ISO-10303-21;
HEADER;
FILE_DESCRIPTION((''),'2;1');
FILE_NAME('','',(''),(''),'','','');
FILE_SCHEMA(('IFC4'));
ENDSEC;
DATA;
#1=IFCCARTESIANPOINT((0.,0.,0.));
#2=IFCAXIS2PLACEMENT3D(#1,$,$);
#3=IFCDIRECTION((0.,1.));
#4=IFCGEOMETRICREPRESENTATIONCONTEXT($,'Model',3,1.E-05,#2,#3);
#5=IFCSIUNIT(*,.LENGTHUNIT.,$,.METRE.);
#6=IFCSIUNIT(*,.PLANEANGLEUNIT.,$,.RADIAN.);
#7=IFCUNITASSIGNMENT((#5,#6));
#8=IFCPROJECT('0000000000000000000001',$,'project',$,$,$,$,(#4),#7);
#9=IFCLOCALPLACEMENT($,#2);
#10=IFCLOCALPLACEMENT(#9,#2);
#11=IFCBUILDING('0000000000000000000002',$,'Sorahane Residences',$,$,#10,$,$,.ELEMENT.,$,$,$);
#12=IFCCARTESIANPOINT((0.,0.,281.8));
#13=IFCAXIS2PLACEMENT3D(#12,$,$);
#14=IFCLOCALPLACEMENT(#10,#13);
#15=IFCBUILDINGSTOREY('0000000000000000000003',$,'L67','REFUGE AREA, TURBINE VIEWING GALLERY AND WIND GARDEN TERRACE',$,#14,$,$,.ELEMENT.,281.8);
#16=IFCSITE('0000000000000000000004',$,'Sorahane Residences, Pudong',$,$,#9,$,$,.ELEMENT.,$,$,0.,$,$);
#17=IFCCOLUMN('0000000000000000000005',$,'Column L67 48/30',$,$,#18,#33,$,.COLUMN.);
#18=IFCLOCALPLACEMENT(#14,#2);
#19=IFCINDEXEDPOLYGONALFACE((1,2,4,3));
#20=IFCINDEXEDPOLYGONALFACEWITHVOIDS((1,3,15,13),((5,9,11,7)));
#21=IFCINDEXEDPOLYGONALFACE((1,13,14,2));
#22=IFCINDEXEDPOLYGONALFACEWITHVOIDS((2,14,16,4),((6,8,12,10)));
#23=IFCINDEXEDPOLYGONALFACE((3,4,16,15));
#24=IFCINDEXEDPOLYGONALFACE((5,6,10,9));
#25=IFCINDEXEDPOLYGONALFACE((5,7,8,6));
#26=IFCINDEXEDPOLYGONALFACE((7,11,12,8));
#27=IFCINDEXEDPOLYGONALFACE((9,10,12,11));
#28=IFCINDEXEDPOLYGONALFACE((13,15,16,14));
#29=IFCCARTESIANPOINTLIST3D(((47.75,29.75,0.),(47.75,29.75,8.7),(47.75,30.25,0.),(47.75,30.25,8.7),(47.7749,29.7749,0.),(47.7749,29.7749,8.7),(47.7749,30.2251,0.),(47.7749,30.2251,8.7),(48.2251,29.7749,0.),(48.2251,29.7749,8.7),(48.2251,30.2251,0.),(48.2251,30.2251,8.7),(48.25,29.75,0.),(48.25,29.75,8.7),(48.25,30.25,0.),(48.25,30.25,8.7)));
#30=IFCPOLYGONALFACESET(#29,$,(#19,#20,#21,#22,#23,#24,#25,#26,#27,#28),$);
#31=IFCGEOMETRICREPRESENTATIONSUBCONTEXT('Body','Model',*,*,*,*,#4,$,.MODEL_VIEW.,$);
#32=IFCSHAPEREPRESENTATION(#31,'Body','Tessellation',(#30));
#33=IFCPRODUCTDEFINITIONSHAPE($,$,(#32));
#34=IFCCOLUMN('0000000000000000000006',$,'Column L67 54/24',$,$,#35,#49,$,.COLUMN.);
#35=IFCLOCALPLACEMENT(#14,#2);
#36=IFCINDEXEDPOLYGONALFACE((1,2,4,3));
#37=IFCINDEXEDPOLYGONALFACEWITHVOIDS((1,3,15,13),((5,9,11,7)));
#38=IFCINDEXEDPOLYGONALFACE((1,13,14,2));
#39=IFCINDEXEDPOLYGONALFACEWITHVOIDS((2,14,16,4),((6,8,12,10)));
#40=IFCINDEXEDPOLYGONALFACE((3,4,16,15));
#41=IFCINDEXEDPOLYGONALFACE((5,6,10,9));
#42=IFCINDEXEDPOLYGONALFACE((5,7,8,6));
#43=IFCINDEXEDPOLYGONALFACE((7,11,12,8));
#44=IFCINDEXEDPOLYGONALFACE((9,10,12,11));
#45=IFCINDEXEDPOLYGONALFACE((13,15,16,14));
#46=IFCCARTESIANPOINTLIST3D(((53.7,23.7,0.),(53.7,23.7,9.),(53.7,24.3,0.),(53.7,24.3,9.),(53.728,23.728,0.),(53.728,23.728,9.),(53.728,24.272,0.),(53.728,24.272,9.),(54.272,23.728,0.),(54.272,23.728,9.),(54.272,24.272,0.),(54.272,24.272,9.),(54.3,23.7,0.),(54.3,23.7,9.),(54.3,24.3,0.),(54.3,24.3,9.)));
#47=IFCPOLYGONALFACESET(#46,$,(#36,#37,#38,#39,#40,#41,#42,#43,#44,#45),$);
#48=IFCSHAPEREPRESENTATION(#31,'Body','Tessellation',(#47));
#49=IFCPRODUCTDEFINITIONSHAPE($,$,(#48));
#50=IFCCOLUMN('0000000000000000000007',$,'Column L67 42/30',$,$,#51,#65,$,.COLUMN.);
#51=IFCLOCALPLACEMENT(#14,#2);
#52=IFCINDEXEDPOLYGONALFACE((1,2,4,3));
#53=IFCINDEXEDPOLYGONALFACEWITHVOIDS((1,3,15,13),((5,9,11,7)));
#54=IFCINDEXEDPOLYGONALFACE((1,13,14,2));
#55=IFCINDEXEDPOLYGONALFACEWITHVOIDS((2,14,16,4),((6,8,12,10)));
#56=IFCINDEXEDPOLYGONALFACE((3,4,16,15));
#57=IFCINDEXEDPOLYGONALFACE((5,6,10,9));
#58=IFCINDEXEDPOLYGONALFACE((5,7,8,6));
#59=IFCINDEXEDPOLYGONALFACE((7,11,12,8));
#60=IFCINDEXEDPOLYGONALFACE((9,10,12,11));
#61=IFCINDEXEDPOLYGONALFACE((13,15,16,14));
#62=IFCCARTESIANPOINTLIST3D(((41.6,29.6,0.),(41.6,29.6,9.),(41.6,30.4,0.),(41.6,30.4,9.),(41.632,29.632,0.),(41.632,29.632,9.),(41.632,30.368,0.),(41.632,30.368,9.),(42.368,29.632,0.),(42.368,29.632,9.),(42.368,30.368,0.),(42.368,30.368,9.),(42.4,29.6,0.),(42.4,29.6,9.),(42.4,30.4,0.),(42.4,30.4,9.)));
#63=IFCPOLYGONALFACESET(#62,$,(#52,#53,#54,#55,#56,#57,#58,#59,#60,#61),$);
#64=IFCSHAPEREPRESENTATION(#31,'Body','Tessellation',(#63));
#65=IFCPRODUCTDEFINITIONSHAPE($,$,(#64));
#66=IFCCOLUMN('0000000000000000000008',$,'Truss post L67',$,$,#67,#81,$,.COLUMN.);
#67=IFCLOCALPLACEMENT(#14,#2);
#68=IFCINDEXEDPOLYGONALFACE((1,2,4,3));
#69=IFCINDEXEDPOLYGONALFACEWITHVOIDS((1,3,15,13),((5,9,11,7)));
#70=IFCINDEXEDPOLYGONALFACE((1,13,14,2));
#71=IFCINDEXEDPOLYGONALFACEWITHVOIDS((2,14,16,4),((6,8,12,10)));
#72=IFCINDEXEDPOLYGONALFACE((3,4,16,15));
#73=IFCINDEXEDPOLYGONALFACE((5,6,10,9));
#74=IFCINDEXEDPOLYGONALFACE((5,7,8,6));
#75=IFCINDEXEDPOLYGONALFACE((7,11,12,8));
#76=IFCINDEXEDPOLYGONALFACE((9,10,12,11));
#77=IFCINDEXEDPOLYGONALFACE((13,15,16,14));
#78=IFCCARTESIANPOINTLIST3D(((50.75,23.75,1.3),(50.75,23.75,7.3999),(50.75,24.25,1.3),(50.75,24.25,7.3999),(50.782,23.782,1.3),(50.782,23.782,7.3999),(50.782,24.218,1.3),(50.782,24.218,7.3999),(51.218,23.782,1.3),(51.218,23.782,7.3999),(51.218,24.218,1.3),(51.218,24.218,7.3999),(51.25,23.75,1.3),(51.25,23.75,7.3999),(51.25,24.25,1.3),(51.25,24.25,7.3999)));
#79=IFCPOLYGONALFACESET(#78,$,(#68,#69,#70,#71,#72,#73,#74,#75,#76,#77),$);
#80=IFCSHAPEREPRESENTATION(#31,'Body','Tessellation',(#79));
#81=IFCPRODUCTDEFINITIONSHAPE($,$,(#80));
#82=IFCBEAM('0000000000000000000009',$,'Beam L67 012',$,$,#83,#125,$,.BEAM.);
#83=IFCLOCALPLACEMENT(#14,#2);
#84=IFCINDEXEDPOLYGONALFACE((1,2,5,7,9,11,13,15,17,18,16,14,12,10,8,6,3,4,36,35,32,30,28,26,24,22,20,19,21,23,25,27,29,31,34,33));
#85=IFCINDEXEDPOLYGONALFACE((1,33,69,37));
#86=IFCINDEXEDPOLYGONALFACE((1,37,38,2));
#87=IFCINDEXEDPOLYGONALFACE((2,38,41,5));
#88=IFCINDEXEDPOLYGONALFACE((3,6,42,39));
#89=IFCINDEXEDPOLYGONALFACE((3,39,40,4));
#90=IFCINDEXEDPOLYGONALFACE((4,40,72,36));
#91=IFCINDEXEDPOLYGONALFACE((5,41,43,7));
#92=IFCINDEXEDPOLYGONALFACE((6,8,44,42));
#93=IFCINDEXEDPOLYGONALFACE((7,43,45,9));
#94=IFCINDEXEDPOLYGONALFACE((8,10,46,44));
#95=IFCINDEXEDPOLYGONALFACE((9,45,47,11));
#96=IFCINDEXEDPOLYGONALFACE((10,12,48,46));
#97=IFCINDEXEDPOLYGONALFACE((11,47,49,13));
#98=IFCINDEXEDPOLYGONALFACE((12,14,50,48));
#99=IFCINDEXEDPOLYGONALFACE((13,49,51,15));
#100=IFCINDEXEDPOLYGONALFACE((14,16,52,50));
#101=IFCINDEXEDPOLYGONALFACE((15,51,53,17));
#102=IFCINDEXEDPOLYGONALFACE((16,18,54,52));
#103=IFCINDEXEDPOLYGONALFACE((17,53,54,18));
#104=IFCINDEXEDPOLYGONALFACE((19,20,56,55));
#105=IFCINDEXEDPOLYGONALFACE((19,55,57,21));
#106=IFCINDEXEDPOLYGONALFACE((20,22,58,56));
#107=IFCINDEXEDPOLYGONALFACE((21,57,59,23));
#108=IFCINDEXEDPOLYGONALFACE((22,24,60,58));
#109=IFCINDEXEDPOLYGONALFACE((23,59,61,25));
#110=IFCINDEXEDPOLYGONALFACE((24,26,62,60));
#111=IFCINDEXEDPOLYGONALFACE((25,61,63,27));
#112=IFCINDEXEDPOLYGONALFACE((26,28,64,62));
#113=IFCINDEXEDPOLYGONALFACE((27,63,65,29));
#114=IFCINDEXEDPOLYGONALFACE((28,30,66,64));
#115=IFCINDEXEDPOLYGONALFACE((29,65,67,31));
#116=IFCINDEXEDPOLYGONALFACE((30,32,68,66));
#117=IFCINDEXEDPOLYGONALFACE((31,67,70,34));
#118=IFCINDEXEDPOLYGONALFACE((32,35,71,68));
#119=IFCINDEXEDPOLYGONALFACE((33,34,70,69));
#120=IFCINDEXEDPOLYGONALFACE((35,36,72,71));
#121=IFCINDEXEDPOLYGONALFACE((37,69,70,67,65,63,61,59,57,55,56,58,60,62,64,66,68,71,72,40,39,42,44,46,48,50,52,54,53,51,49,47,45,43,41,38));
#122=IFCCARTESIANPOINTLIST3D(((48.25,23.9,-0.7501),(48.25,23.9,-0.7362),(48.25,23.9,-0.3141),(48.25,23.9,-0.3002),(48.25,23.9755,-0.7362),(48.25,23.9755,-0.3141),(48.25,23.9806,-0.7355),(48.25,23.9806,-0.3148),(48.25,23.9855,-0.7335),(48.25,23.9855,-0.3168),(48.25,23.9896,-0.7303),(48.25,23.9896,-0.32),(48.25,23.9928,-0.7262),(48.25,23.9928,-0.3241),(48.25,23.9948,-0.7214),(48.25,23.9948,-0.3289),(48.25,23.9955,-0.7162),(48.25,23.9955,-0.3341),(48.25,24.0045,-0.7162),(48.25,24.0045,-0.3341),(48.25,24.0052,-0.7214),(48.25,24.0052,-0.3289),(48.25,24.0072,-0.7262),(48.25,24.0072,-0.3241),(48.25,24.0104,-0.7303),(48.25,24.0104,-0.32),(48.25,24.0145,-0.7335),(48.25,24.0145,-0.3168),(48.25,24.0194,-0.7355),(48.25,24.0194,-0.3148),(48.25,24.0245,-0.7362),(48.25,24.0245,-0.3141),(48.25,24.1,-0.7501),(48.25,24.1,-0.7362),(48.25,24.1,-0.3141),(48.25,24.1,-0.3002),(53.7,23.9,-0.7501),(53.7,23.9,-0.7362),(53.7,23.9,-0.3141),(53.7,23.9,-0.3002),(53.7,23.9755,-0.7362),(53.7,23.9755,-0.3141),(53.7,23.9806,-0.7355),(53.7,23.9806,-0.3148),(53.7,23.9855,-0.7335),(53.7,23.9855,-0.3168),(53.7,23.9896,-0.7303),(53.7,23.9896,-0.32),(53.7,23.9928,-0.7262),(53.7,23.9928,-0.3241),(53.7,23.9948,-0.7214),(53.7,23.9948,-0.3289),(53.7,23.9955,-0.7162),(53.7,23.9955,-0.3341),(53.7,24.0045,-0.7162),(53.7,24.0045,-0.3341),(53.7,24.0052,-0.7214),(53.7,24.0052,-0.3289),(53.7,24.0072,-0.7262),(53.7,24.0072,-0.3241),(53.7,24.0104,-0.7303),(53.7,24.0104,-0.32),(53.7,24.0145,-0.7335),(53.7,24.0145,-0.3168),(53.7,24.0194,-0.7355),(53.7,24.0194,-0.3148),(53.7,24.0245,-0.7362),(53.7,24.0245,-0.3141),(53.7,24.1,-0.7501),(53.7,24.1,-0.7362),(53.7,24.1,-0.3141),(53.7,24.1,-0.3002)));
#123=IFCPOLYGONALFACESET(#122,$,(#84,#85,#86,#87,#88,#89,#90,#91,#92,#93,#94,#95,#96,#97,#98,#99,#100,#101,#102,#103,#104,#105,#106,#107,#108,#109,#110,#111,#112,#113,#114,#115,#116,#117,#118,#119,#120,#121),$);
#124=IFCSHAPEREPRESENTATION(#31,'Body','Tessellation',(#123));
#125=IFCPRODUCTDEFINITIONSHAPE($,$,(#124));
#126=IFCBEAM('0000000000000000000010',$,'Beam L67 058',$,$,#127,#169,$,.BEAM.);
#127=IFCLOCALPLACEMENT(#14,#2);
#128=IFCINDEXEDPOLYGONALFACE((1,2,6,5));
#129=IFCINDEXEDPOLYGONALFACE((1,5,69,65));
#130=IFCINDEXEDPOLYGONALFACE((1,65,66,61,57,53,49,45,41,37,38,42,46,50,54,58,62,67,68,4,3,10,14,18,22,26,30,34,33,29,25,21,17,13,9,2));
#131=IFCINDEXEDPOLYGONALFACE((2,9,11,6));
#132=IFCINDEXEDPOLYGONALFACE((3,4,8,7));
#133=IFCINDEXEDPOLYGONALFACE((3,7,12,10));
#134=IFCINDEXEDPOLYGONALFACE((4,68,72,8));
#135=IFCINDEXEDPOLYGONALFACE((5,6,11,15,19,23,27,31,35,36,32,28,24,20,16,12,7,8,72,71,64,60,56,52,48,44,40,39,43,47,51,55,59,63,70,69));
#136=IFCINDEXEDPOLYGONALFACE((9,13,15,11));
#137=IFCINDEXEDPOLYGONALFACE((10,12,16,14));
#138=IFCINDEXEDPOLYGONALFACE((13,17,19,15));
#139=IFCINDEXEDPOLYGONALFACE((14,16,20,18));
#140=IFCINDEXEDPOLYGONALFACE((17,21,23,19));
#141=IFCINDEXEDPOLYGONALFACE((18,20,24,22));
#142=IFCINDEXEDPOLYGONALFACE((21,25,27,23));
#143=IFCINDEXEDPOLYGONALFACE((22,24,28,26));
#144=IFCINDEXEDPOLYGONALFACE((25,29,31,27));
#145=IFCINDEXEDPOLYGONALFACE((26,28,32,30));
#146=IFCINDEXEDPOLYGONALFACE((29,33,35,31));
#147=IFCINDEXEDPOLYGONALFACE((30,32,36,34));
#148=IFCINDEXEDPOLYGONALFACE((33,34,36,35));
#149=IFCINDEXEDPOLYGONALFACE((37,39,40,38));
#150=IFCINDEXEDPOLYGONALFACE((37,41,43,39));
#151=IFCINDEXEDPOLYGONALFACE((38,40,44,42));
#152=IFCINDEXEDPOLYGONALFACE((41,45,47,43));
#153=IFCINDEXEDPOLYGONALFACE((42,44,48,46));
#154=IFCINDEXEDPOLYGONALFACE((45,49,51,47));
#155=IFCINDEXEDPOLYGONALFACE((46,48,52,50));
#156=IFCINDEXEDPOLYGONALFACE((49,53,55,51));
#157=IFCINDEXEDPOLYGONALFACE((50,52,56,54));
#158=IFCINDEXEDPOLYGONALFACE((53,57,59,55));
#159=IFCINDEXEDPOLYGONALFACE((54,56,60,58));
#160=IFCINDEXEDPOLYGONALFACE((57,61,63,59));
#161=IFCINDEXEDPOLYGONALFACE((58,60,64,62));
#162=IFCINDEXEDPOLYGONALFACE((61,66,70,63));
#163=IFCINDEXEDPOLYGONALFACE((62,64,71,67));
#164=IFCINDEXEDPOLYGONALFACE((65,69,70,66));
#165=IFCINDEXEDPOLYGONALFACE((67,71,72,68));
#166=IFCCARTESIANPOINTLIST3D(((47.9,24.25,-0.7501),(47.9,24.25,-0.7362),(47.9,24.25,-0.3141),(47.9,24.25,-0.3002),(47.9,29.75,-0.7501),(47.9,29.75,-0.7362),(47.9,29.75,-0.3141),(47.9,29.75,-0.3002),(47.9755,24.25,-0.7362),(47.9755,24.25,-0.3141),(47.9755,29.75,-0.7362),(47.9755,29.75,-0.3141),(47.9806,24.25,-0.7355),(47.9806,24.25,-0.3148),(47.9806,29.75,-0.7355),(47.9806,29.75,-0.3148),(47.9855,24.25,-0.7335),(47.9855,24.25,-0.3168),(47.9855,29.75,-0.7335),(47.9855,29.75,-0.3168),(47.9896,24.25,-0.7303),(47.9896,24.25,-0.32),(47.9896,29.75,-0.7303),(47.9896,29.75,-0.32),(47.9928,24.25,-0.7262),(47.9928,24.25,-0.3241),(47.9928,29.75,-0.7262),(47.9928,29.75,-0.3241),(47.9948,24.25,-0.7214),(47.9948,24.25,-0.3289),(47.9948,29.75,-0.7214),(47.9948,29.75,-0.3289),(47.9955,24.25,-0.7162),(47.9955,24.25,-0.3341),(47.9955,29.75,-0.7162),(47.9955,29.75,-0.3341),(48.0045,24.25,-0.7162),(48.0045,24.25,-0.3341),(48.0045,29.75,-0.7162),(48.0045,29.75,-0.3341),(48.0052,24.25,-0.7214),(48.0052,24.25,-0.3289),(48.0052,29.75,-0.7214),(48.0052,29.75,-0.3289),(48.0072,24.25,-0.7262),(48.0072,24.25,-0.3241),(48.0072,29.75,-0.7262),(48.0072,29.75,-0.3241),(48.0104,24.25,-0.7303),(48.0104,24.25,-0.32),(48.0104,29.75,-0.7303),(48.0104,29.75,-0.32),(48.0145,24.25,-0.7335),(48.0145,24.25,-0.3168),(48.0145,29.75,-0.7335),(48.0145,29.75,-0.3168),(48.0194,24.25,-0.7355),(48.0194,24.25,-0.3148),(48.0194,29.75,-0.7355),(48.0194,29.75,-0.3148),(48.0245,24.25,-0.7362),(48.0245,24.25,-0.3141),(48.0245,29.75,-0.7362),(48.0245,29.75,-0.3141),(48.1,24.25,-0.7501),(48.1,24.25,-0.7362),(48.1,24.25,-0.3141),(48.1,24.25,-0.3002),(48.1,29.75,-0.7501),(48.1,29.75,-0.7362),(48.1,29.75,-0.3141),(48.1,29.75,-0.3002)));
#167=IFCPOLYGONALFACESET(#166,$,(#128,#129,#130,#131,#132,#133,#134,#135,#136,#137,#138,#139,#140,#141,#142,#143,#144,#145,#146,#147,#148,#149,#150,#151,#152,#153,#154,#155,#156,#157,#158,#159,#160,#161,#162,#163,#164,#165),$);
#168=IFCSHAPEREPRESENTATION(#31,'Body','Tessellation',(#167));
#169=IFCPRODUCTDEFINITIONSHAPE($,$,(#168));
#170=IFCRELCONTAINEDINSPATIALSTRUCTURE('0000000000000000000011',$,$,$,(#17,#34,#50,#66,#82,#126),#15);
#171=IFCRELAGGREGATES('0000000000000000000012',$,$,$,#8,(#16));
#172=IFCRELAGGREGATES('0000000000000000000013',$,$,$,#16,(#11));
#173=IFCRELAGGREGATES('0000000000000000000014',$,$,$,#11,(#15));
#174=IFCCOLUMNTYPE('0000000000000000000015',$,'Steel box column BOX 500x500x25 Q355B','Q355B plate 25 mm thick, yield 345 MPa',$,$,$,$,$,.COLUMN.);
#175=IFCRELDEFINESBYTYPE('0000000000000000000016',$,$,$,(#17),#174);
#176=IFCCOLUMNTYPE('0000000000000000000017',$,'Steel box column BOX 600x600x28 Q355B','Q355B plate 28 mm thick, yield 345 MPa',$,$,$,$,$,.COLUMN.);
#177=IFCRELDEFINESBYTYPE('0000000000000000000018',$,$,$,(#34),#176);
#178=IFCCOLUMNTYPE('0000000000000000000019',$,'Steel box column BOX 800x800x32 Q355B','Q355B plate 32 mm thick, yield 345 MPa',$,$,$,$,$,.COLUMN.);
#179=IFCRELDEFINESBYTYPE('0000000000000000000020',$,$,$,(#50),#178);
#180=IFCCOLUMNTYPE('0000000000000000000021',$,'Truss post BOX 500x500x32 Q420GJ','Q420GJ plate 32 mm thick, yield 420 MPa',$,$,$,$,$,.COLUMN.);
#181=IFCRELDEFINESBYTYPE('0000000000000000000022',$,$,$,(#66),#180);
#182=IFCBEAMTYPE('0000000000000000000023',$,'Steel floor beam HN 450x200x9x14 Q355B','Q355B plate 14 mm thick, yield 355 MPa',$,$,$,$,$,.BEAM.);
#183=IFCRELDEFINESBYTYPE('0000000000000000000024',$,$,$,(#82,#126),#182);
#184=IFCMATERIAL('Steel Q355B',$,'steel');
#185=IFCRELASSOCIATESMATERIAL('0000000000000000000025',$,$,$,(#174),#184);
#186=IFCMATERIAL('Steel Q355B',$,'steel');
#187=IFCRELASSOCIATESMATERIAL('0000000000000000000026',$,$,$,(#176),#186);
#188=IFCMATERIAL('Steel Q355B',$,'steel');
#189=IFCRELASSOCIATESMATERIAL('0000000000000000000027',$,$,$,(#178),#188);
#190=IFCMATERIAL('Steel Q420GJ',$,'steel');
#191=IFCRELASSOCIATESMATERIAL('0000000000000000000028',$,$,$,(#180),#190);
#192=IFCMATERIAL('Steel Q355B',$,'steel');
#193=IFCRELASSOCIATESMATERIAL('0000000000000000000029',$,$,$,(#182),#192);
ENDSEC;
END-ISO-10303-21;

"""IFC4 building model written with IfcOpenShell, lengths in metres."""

from ifc_helpers import new_model, si_unit, direction, frame, origin, origin_2d, place, context, subcontext, project, spatial, hollow_rectangle, i_section, extrude, material, material_profile, profile_set, type_object, element, save


model = new_model("IFC4")

# Units and contexts
model_context = context("Model", 3, precision=1e-05, world=origin(), true_north=direction((0.0, 1.0)))
body_context = subcontext(model_context, "Body", "Model", "MODEL_VIEW")
ifc_project = project(units=[si_unit("LENGTHUNIT", "METRE"), si_unit("PLANEANGLEUNIT", "RADIAN")], contexts=[model_context])

# Site, building, storey
site_placement = place(None, origin())
site = spatial("IfcSite", under=ifc_project, at=site_placement, Name="Sorahane Residences, Pudong", CompositionType="ELEMENT", RefElevation=0.0)
building_placement = place(site_placement, origin())
building = spatial("IfcBuilding", under=site, at=building_placement, Name="Sorahane Residences", CompositionType="ELEMENT")
storey_placement = place(building_placement, frame((0.0, 0.0, 281.8)))
storey = spatial("IfcBuildingStorey", under=building, at=storey_placement, Name="L67", Description="REFUGE AREA, TURBINE VIEWING GALLERY AND WIND GARDEN TERRACE", CompositionType="ELEMENT", Elevation=281.8)

# Columns
ifc_material_1 = material(Name="Steel Q355B", Category="steel")
ifc_material_profile_1 = material_profile(ifc_material_1, hollow_rectangle(XDim=0.5, YDim=0.5, WallThickness=0.0249, at=origin_2d()), Name="BOX 500x500x25")
ifc_profile_set_1 = profile_set([ifc_material_profile_1], Name="Steel Q355B")
column_type_1 = type_object("IfcColumnType", Name="Steel box column BOX 500x500x25 Q355B", Description="Q355B plate 25 mm thick, yield 345 MPa", PredefinedType="COLUMN", material=ifc_profile_set_1)
column_1_placement = place(storey_placement, frame((48.0, 30.0, 0.0), z_axis=(0.0, 0.0, 1.0), x_axis=(1.0, 0.0, 0.0)))
element("IfcColumn", 1, at=column_1_placement, inside=storey, type_object=column_type_1, Name="Column L67 48/30", PredefinedType="COLUMN", context=body_context, shape_type="SweptSolid", body=[
    extrude(hollow_rectangle(XDim=0.5, YDim=0.5, WallThickness=0.0249, at=origin_2d()), origin(), (0.0, 0.0, 1.0), 8.7),
])
ifc_material_2 = material(Name="Steel Q355B", Category="steel")
ifc_material_profile_2 = material_profile(ifc_material_2, hollow_rectangle(XDim=0.6001, YDim=0.6001, WallThickness=0.0281, at=origin_2d()), Name="BOX 600x600x28")
ifc_profile_set_2 = profile_set([ifc_material_profile_2], Name="Steel Q355B")
column_type_2 = type_object("IfcColumnType", Name="Steel box column BOX 600x600x28 Q355B", Description="Q355B plate 28 mm thick, yield 345 MPa", PredefinedType="COLUMN", material=ifc_profile_set_2)
column_2_placement = place(storey_placement, frame((54.0, 24.0, 0.0), z_axis=(0.0, 0.0, 1.0), x_axis=(1.0, 0.0, 0.0)))
element("IfcColumn", 2, at=column_2_placement, inside=storey, type_object=column_type_2, Name="Column L67 54/24", PredefinedType="COLUMN", context=body_context, shape_type="SweptSolid", body=[
    extrude(hollow_rectangle(XDim=0.6001, YDim=0.6001, WallThickness=0.0281, at=origin_2d()), origin(), (0.0, 0.0, 1.0), 9.0),
])
ifc_material_3 = material(Name="Steel Q355B", Category="steel")
ifc_material_profile_3 = material_profile(ifc_material_3, hollow_rectangle(XDim=0.8, YDim=0.8, WallThickness=0.032, at=origin_2d()), Name="BOX 800x800x32")
ifc_profile_set_3 = profile_set([ifc_material_profile_3], Name="Steel Q355B")
column_type_3 = type_object("IfcColumnType", Name="Steel box column BOX 800x800x32 Q355B", Description="Q355B plate 32 mm thick, yield 345 MPa", PredefinedType="COLUMN", material=ifc_profile_set_3)
column_3_placement = place(storey_placement, frame((42.0, 30.0, 0.0), z_axis=(0.0, 0.0, 1.0), x_axis=(1.0, 0.0, 0.0)))
element("IfcColumn", 3, at=column_3_placement, inside=storey, type_object=column_type_3, Name="Column L67 42/30", PredefinedType="COLUMN", context=body_context, shape_type="SweptSolid", body=[
    extrude(hollow_rectangle(XDim=0.8, YDim=0.8, WallThickness=0.032, at=origin_2d()), origin(), (0.0, 0.0, 1.0), 9.0),
])
ifc_material_4 = material(Name="Steel Q420GJ", Category="steel")
ifc_material_profile_4 = material_profile(ifc_material_4, hollow_rectangle(XDim=0.5, YDim=0.5, WallThickness=0.032, at=origin_2d()), Name="BOX 500x500x32")
ifc_profile_set_4 = profile_set([ifc_material_profile_4], Name="Steel Q420GJ")
column_type_4 = type_object("IfcColumnType", Name="Truss post BOX 500x500x32 Q420GJ", Description="Q420GJ plate 32 mm thick, yield 420 MPa", PredefinedType="COLUMN", material=ifc_profile_set_4)
column_4_placement = place(storey_placement, frame((51.0, 24.0, 1.3), z_axis=(0.0, 0.0, 1.0), x_axis=(1.0, 0.0, 0.0)))
element("IfcColumn", 4, at=column_4_placement, inside=storey, type_object=column_type_4, Name="Truss post L67", PredefinedType="COLUMN", context=body_context, shape_type="SweptSolid", body=[
    extrude(hollow_rectangle(XDim=0.5, YDim=0.5, WallThickness=0.032, at=origin_2d()), origin(), (0.0, 0.0, 1.0), 6.0999),
])

# Beams
ifc_material_5 = material(Name="Steel Q355B", Category="steel")
ifc_material_profile_5 = material_profile(ifc_material_5, i_section(OverallWidth=0.2, OverallDepth=0.45, WebThickness=0.009, FlangeThickness=0.0139, FilletRadius=0.02, at=origin_2d()), Name="HN 450x200x9x14")
ifc_profile_set_5 = profile_set([ifc_material_profile_5], Name="Steel Q355B")
beam_type_1 = type_object("IfcBeamType", Name="Steel floor beam HN 450x200x9x14 Q355B", Description="Q355B plate 14 mm thick, yield 355 MPa", PredefinedType="BEAM", material=ifc_profile_set_5)
beam_1_placement = place(storey_placement, frame((48.25, 24.0, -0.5251), z_axis=(1.0, 0.0, 0.0), x_axis=(0.0, 1.0, 0.0)))
element("IfcBeam", 5, at=beam_1_placement, inside=storey, type_object=beam_type_1, Name="Beam L67 012", PredefinedType="BEAM", context=body_context, shape_type="SweptSolid", body=[
    extrude(i_section(OverallWidth=0.2, OverallDepth=0.45, WebThickness=0.009, FlangeThickness=0.0139, FilletRadius=0.02, at=origin_2d()), origin(), (0.0, 0.0, 1.0), 5.45),
])
for number, where, z_axis, x_axis, name in (
    (6, (48.0, 24.25, -0.5251), (0.0, 1.0, 0.0), (-1.0, 0.0, 0.0), "Beam L67 058"),
):
    element("IfcBeam", number, at=place(storey_placement, frame(where, z_axis=z_axis, x_axis=x_axis)), inside=storey, type_object=beam_type_1, Name=name, PredefinedType="BEAM", context=body_context, shape_type="SweptSolid", body=[
        extrude(i_section(OverallWidth=0.2, OverallDepth=0.45, WebThickness=0.009, FlangeThickness=0.0139, FilletRadius=0.02, at=origin_2d()), origin(), (0.0, 0.0, 1.0), 5.5),
    ])

save(model, "model.ifc")
